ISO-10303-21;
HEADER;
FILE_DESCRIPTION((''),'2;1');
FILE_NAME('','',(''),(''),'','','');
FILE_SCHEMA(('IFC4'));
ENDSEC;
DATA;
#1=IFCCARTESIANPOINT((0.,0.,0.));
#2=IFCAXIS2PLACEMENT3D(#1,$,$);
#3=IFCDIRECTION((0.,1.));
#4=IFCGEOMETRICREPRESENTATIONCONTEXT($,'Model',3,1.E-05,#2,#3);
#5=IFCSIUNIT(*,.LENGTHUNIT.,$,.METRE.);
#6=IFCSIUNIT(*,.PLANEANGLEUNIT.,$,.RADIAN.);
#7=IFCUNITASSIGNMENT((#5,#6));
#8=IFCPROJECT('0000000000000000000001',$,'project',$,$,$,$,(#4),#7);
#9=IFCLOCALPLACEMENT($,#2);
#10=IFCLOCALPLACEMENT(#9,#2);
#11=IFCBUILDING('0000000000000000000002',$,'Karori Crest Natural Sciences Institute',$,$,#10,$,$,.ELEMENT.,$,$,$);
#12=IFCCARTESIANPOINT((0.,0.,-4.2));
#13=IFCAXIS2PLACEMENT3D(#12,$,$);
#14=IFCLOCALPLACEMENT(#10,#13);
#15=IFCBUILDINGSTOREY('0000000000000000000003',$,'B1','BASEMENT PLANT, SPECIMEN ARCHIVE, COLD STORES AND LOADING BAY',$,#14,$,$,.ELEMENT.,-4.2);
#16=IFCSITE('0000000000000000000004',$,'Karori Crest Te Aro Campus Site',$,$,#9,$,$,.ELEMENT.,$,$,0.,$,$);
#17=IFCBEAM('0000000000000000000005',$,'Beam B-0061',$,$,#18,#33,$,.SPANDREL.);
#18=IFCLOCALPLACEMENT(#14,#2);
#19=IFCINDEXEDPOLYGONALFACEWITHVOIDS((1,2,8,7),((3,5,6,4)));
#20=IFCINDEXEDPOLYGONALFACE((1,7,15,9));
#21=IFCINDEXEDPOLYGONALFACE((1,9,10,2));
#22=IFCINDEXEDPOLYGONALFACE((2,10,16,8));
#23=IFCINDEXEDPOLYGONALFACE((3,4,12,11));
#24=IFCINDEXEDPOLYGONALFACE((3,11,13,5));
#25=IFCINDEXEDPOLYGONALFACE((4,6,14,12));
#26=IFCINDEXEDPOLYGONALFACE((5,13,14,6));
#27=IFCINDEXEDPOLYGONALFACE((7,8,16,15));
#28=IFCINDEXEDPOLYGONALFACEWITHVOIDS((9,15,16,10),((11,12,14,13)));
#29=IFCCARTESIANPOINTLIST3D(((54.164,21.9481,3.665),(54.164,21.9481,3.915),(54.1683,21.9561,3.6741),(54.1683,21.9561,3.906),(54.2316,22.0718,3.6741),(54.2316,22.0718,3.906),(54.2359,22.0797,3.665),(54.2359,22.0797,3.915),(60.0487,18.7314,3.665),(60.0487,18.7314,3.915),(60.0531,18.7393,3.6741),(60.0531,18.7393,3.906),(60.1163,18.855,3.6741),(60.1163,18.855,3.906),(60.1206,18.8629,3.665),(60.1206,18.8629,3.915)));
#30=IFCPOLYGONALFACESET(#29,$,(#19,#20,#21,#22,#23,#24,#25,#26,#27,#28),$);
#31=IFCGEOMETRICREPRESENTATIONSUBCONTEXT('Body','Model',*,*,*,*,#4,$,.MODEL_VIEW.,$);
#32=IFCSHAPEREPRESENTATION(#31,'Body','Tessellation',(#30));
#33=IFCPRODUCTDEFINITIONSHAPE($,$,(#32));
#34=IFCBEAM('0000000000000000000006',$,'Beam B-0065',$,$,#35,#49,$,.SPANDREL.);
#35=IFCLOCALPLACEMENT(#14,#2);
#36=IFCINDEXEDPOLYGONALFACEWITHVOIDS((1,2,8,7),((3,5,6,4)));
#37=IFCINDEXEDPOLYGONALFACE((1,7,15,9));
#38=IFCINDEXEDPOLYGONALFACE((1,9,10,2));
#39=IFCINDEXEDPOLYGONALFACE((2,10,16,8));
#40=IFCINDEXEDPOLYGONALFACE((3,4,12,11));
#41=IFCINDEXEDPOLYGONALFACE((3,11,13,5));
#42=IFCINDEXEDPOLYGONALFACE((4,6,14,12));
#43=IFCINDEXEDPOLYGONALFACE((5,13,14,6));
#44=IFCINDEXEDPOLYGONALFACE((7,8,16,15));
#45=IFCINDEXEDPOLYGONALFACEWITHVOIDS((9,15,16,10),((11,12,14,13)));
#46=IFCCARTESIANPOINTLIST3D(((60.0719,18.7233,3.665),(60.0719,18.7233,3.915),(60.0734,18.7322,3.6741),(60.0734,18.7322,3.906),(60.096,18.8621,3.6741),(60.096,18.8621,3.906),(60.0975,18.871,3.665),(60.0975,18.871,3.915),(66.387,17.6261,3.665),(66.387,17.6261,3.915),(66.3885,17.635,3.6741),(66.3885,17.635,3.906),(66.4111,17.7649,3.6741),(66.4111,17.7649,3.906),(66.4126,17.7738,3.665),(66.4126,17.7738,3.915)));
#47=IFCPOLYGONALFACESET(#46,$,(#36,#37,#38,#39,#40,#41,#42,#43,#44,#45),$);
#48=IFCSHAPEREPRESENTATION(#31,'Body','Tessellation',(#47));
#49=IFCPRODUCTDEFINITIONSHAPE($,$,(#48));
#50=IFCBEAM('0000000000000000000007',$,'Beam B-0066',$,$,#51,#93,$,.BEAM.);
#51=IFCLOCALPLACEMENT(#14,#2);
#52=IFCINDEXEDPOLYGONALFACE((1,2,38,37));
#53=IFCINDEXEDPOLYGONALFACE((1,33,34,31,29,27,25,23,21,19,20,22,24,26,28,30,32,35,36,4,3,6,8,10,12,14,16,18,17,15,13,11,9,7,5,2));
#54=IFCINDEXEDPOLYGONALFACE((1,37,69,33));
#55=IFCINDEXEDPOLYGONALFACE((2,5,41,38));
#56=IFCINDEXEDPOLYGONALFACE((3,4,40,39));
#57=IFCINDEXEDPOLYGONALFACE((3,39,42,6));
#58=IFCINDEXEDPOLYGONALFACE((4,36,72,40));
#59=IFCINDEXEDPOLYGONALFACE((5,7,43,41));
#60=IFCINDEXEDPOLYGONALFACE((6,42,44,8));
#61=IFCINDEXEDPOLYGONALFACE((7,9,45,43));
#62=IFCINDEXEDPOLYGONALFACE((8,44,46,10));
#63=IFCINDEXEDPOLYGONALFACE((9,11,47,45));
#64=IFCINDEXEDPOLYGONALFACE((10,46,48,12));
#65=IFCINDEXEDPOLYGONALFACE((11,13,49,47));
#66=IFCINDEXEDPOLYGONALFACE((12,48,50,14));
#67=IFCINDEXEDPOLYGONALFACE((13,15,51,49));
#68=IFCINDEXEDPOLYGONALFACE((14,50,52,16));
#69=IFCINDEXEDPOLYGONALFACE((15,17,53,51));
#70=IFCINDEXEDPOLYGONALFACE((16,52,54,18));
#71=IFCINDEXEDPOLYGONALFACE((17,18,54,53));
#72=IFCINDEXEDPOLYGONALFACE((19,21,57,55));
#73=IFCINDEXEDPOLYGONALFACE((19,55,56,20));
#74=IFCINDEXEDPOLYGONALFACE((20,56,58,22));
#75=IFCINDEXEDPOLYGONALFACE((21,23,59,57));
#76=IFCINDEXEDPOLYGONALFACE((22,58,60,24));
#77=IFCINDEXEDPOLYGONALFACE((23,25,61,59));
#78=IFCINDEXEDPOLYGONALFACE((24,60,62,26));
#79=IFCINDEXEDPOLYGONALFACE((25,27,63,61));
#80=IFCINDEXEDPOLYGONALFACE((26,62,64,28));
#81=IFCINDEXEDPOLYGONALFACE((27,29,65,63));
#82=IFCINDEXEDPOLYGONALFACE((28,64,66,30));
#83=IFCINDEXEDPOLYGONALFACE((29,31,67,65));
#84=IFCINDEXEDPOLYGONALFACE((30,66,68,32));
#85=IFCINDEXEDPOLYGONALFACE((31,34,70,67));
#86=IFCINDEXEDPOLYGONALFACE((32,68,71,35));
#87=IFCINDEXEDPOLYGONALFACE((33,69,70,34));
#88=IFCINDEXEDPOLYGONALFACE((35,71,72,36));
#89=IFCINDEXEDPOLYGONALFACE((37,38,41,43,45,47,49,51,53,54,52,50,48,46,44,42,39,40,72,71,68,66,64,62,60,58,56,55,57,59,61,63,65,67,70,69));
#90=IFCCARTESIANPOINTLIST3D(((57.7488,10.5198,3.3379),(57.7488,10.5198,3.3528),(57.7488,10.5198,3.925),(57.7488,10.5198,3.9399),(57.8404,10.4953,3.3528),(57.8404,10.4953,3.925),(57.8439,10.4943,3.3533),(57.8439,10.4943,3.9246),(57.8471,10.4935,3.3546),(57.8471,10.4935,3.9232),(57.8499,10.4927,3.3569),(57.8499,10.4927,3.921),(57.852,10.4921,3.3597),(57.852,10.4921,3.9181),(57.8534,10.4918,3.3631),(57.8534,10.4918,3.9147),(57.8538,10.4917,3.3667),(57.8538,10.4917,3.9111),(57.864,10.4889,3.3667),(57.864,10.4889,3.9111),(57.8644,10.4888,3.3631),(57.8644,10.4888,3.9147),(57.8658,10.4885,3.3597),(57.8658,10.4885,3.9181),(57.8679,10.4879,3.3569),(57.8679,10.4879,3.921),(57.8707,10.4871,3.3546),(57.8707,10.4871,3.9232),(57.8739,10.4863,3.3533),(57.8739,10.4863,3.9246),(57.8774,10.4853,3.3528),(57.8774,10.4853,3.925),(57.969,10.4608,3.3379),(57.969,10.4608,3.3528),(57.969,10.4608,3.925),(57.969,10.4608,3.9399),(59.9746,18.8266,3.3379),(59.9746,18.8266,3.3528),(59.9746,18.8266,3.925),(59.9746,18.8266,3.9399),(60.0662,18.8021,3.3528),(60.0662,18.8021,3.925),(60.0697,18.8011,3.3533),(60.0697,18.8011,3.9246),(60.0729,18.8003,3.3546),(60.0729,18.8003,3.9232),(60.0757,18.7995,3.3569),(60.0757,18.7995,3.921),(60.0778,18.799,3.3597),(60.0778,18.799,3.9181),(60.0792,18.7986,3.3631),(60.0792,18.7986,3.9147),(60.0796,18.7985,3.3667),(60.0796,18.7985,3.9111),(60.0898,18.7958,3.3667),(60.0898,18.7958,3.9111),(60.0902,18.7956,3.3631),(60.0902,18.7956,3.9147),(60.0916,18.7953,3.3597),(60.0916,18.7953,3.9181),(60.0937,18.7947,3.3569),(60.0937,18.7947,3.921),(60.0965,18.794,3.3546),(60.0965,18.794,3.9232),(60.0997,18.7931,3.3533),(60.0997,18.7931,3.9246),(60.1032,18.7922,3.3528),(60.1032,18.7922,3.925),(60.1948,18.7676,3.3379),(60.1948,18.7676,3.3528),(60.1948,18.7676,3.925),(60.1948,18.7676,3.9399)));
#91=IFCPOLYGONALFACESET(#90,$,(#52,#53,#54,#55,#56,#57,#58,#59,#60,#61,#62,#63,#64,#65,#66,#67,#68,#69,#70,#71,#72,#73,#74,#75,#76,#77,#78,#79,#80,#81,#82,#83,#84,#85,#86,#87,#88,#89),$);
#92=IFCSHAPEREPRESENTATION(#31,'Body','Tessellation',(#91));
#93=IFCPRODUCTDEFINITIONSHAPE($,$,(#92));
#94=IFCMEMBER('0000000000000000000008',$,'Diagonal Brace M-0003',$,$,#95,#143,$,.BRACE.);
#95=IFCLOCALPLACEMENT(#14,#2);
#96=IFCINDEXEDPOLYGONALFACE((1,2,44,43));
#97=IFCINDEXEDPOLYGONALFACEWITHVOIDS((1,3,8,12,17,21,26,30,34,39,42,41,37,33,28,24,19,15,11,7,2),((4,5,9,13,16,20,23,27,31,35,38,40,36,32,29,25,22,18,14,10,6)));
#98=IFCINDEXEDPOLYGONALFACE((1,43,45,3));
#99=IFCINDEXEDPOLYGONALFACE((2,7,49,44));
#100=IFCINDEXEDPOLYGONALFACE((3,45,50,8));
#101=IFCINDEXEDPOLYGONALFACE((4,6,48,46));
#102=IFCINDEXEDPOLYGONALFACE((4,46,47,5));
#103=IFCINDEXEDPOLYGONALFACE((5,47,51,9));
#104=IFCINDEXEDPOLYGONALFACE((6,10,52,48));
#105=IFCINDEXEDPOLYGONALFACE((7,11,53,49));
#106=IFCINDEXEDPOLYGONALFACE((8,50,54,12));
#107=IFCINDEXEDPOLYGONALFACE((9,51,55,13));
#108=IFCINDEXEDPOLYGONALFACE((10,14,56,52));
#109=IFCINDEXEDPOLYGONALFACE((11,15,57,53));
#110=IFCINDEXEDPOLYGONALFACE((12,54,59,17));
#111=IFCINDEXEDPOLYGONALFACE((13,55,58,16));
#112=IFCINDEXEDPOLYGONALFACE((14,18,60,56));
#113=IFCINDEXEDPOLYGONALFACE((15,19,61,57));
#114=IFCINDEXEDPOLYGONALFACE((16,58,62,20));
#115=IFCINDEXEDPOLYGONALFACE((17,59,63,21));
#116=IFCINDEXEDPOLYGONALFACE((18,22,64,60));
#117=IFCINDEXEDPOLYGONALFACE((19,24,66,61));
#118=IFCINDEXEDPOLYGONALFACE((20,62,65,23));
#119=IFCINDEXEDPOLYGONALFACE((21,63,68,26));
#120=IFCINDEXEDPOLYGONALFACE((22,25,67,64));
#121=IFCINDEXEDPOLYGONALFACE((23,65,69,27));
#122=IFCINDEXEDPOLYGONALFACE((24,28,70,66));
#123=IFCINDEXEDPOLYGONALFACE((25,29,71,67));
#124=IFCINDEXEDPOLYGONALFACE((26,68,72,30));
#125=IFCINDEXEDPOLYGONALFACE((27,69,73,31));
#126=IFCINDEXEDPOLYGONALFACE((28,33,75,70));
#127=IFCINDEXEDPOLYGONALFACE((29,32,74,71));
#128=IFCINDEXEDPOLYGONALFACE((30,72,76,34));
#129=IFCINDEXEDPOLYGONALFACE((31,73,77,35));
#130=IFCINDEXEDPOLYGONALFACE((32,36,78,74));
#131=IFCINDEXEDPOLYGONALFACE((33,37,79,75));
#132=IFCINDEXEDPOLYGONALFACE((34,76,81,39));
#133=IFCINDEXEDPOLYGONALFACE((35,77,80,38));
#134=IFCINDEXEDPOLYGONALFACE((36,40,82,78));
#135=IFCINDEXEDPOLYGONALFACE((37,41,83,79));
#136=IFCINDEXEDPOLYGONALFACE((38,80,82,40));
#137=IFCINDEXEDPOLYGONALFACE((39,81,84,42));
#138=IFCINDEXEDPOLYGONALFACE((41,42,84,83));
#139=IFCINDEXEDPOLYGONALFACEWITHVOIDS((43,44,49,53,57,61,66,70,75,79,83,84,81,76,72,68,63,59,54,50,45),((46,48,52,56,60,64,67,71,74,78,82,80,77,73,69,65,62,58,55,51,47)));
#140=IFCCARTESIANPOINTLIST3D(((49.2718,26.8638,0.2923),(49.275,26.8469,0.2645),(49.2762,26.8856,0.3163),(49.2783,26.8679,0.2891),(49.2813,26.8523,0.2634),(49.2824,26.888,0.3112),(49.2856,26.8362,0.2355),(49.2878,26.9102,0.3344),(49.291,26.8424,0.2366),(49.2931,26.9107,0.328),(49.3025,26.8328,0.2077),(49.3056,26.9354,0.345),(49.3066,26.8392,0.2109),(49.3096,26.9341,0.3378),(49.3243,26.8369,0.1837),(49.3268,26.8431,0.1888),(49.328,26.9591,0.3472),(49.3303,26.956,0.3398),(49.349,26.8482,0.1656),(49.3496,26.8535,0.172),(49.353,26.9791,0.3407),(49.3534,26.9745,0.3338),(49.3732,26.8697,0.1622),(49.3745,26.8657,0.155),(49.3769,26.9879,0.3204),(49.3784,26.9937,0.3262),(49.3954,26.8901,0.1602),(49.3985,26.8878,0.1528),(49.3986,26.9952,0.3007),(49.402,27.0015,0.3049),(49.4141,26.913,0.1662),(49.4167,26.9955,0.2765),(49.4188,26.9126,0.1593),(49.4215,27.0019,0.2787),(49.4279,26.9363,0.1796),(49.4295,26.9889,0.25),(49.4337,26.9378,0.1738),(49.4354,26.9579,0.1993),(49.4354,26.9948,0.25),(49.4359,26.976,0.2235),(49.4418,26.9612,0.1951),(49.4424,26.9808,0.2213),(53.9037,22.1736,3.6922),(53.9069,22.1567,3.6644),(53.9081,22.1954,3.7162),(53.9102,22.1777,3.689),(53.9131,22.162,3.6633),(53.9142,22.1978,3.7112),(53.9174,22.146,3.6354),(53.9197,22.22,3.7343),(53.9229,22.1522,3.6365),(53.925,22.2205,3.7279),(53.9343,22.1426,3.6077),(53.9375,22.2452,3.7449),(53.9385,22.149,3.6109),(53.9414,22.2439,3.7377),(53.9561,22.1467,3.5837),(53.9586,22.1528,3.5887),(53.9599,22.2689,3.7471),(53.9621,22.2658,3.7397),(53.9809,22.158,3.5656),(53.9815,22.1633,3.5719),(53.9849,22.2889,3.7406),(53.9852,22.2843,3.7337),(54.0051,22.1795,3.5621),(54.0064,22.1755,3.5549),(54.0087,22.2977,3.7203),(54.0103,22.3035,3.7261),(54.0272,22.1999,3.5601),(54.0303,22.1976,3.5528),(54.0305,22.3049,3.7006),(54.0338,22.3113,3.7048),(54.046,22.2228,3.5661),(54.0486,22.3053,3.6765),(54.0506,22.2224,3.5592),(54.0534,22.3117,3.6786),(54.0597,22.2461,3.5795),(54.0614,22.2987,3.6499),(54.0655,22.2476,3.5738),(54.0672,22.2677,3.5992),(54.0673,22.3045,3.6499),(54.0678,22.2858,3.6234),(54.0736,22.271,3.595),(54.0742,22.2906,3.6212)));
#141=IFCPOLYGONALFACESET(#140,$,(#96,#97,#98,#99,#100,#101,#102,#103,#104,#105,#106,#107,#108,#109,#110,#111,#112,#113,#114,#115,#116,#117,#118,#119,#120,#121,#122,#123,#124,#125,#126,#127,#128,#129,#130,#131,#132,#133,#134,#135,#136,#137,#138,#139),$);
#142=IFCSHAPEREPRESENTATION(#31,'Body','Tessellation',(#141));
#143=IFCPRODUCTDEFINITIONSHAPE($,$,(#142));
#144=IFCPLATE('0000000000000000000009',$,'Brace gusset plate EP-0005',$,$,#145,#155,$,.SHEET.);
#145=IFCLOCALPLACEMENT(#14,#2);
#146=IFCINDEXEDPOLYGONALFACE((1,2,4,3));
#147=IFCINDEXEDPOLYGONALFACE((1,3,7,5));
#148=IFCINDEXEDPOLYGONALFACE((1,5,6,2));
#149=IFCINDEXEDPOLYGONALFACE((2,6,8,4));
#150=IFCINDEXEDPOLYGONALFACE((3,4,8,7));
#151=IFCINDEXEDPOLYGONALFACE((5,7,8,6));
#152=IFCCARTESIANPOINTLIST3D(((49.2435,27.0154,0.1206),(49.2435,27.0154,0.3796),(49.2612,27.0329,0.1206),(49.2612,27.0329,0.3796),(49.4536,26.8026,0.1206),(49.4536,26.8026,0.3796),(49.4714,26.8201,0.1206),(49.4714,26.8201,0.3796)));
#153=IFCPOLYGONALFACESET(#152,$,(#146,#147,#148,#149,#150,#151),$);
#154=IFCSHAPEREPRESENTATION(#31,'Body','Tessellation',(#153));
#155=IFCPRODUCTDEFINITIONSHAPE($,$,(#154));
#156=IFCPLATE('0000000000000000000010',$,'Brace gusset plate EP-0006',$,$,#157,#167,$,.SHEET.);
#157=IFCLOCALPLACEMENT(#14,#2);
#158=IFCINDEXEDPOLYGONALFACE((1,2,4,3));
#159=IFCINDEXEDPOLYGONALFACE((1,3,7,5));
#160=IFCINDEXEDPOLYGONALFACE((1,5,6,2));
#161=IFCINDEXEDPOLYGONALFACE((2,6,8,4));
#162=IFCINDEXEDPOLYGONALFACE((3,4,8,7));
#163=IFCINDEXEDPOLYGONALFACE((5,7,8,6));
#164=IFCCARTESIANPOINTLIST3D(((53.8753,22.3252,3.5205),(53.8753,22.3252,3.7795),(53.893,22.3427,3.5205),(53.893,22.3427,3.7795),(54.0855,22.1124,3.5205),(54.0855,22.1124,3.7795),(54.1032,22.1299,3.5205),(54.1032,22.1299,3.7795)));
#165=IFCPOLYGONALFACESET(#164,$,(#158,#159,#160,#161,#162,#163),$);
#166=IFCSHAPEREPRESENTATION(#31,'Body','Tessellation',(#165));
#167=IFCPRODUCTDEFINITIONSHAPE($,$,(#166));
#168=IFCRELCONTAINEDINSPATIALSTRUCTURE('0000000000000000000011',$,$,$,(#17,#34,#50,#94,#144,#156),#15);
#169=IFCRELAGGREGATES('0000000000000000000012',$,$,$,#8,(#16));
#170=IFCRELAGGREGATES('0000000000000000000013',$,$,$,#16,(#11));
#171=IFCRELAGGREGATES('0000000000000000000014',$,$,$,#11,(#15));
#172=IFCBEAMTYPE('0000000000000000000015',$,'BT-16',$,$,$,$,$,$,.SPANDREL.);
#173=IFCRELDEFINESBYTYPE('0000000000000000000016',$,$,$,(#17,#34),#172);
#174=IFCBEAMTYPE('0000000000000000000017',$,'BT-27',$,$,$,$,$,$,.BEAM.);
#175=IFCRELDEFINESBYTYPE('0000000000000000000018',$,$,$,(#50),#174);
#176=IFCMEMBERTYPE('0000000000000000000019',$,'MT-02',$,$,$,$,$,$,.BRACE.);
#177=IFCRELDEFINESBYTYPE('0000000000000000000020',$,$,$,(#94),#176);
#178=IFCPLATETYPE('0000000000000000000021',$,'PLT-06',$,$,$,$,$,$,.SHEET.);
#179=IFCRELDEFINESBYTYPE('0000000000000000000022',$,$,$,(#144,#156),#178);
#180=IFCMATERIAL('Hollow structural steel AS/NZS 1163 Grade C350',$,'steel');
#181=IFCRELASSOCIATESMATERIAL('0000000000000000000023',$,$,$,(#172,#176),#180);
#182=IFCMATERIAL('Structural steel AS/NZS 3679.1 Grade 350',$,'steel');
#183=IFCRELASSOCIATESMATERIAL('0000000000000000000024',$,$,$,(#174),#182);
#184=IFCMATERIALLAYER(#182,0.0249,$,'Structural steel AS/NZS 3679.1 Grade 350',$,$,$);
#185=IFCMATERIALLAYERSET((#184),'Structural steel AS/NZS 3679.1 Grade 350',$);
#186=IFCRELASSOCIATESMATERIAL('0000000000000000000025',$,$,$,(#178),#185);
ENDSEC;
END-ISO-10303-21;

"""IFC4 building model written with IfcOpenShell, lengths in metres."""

from ifc_helpers import new_model, si_unit, direction, frame, origin, origin_2d, place, context, subcontext, project, spatial, rectangle, hollow_rectangle, hollow_circle, i_section, extrude, material, layer, layer_set, material_profile, profile_set, type_object, element, save


model = new_model("IFC4")

# Units and contexts
model_context = context("Model", 3, precision=1e-05, world=origin(), true_north=direction((0.0, 1.0)))
body_context = subcontext(model_context, "Body", "Model", "MODEL_VIEW")
ifc_project = project(units=[si_unit("LENGTHUNIT", "METRE"), si_unit("PLANEANGLEUNIT", "RADIAN")], contexts=[model_context])

# Site, building, storey
site_placement = place(None, origin())
site = spatial("IfcSite", under=ifc_project, at=site_placement, Name="Karori Crest Te Aro Campus Site", CompositionType="ELEMENT", RefElevation=0.0)
building_placement = place(site_placement, origin())
building = spatial("IfcBuilding", under=site, at=building_placement, Name="Karori Crest Natural Sciences Institute", CompositionType="ELEMENT")
storey_placement = place(building_placement, frame((0.0, 0.0, -4.2)))
storey = spatial("IfcBuildingStorey", under=building, at=storey_placement, Name="B1", Description="BASEMENT PLANT, SPECIMEN ARCHIVE, COLD STORES AND LOADING BAY", CompositionType="ELEMENT", Elevation=-4.2)

# Shared definitions
ifc_material_1 = material(Name="Structural steel AS/NZS 3679.1 Grade 350", Category="steel")
ifc_material_2 = material(Name="Hollow structural steel AS/NZS 1163 Grade C350", Category="steel")

# Beams
ifc_material_profile_1 = material_profile(ifc_material_2, hollow_rectangle(XDim=0.1499, YDim=0.25, WallThickness=0.009, at=origin_2d()), Name="RHS250x150x9")
ifc_profile_set_1 = profile_set([ifc_material_profile_1], Name="Hollow structural steel AS/NZS 1163 Grade C350")
beam_type_1 = type_object("IfcBeamType", Name="BT-16", PredefinedType="SPANDREL", material=ifc_profile_set_1)
beam_1_placement = place(storey_placement, frame((54.2, 22.0139, 3.79), z_axis=(0.877461, -0.479648, 0.0), x_axis=(0.479648, 0.877461, 0.0)))
element("IfcBeam", 1, at=beam_1_placement, inside=storey, type_object=beam_type_1, Name="Beam B-0061", PredefinedType="SPANDREL", context=body_context, shape_type="SweptSolid", body=[
    extrude(hollow_rectangle(XDim=0.1499, YDim=0.25, WallThickness=0.009, at=origin_2d()), origin(), (0.0, 0.0, 1.0), 6.7065),
])
beam_2_placement = place(storey_placement, frame((60.0847, 18.7971, 3.79), z_axis=(0.985241, -0.171171, 0.0), x_axis=(0.171171, 0.985241, 0.0)))
element("IfcBeam", 2, at=beam_2_placement, inside=storey, type_object=beam_type_1, Name="Beam B-0065", PredefinedType="SPANDREL", context=body_context, shape_type="SweptSolid", body=[
    extrude(hollow_rectangle(XDim=0.1499, YDim=0.25, WallThickness=0.009, at=origin_2d()), origin(), (0.0, 0.0, 1.0), 6.4097),
])
ifc_material_profile_2 = material_profile(ifc_material_1, i_section(OverallWidth=0.228, OverallDepth=0.6021, WebThickness=0.0105, FlangeThickness=0.0149, FilletRadius=0.0139, at=origin_2d()), Name="610UB101")
ifc_profile_set_2 = profile_set([ifc_material_profile_2], Name="Structural steel AS/NZS 3679.1 Grade 350")
beam_type_2 = type_object("IfcBeamType", Name="BT-27", PredefinedType="BEAM", material=ifc_profile_set_2)
beam_3_placement = place(storey_placement, frame((60.0847, 18.7971, 3.6389), z_axis=(-0.25882, -0.965926, 0.0), x_axis=(0.965926, -0.25882, 0.0)))
element("IfcBeam", 3, at=beam_3_placement, inside=storey, type_object=beam_type_2, Name="Beam B-0066", PredefinedType="BEAM", context=body_context, shape_type="SweptSolid", body=[
    extrude(i_section(OverallWidth=0.228, OverallDepth=0.6021, WebThickness=0.0105, FlangeThickness=0.0149, FilletRadius=0.0139, at=origin_2d()), origin(), (0.0, 0.0, 1.0), 8.5999),
])

# Member
ifc_material_profile_3 = material_profile(ifc_material_2, hollow_circle(Radius=0.1096, WallThickness=0.0083, at=origin_2d()), Name="CHS219.1x8.2")
ifc_profile_set_3 = profile_set([ifc_material_profile_3], Name="Hollow structural steel AS/NZS 1163 Grade C350")
member_type = type_object("IfcMemberType", Name="MT-02", PredefinedType="BRACE", material=ifc_profile_set_3)
member_placement = place(storey_placement, frame((49.3574, 26.9177, 0.25), z_axis=(0.624494, -0.632361, 0.458397), x_axis=(0.711519, 0.702667, 0.0)))
element("IfcMember", 4, at=member_placement, inside=storey, type_object=member_type, Name="Diagonal Brace M-0003", PredefinedType="BRACE", context=body_context, shape_type="SweptSolid", body=[
    extrude(hollow_circle(Radius=0.1096, WallThickness=0.0083, at=origin_2d()), origin(), (0.0, 0.0, 1.0), 7.417),
])

# Plates
ifc_layer = layer(ifc_material_1, 0.0249, Name="Structural steel AS/NZS 3679.1 Grade 350")
ifc_layer_set = layer_set([ifc_layer], Name="Structural steel AS/NZS 3679.1 Grade 350")
plate_type = type_object("IfcPlateType", Name="PLT-06", PredefinedType="SHEET", material=ifc_layer_set)
for number, where, z_axis, x_axis, name in (
    (5, (49.3574, 26.9177, 0.1206), (0.0, 0.0, 1.0), (-0.702664, 0.711522, 0.0), "Brace gusset plate EP-0005"),
    (6, (53.9893, 22.2275, 3.5205), (0.0, 0.0, 1.0), (-0.702664, 0.711522, 0.0), "Brace gusset plate EP-0006"),
):
    element("IfcPlate", number, at=place(storey_placement, frame(where, z_axis=z_axis, x_axis=x_axis)), inside=storey, type_object=plate_type, Name=name, PredefinedType="SHEET", context=body_context, shape_type="SweptSolid", body=[
        extrude(rectangle(XDim=0.2991, YDim=0.0249, at=origin_2d()), origin(), (0.0, 0.0, 1.0), 0.259),
    ])

save(model, "model.ifc")
